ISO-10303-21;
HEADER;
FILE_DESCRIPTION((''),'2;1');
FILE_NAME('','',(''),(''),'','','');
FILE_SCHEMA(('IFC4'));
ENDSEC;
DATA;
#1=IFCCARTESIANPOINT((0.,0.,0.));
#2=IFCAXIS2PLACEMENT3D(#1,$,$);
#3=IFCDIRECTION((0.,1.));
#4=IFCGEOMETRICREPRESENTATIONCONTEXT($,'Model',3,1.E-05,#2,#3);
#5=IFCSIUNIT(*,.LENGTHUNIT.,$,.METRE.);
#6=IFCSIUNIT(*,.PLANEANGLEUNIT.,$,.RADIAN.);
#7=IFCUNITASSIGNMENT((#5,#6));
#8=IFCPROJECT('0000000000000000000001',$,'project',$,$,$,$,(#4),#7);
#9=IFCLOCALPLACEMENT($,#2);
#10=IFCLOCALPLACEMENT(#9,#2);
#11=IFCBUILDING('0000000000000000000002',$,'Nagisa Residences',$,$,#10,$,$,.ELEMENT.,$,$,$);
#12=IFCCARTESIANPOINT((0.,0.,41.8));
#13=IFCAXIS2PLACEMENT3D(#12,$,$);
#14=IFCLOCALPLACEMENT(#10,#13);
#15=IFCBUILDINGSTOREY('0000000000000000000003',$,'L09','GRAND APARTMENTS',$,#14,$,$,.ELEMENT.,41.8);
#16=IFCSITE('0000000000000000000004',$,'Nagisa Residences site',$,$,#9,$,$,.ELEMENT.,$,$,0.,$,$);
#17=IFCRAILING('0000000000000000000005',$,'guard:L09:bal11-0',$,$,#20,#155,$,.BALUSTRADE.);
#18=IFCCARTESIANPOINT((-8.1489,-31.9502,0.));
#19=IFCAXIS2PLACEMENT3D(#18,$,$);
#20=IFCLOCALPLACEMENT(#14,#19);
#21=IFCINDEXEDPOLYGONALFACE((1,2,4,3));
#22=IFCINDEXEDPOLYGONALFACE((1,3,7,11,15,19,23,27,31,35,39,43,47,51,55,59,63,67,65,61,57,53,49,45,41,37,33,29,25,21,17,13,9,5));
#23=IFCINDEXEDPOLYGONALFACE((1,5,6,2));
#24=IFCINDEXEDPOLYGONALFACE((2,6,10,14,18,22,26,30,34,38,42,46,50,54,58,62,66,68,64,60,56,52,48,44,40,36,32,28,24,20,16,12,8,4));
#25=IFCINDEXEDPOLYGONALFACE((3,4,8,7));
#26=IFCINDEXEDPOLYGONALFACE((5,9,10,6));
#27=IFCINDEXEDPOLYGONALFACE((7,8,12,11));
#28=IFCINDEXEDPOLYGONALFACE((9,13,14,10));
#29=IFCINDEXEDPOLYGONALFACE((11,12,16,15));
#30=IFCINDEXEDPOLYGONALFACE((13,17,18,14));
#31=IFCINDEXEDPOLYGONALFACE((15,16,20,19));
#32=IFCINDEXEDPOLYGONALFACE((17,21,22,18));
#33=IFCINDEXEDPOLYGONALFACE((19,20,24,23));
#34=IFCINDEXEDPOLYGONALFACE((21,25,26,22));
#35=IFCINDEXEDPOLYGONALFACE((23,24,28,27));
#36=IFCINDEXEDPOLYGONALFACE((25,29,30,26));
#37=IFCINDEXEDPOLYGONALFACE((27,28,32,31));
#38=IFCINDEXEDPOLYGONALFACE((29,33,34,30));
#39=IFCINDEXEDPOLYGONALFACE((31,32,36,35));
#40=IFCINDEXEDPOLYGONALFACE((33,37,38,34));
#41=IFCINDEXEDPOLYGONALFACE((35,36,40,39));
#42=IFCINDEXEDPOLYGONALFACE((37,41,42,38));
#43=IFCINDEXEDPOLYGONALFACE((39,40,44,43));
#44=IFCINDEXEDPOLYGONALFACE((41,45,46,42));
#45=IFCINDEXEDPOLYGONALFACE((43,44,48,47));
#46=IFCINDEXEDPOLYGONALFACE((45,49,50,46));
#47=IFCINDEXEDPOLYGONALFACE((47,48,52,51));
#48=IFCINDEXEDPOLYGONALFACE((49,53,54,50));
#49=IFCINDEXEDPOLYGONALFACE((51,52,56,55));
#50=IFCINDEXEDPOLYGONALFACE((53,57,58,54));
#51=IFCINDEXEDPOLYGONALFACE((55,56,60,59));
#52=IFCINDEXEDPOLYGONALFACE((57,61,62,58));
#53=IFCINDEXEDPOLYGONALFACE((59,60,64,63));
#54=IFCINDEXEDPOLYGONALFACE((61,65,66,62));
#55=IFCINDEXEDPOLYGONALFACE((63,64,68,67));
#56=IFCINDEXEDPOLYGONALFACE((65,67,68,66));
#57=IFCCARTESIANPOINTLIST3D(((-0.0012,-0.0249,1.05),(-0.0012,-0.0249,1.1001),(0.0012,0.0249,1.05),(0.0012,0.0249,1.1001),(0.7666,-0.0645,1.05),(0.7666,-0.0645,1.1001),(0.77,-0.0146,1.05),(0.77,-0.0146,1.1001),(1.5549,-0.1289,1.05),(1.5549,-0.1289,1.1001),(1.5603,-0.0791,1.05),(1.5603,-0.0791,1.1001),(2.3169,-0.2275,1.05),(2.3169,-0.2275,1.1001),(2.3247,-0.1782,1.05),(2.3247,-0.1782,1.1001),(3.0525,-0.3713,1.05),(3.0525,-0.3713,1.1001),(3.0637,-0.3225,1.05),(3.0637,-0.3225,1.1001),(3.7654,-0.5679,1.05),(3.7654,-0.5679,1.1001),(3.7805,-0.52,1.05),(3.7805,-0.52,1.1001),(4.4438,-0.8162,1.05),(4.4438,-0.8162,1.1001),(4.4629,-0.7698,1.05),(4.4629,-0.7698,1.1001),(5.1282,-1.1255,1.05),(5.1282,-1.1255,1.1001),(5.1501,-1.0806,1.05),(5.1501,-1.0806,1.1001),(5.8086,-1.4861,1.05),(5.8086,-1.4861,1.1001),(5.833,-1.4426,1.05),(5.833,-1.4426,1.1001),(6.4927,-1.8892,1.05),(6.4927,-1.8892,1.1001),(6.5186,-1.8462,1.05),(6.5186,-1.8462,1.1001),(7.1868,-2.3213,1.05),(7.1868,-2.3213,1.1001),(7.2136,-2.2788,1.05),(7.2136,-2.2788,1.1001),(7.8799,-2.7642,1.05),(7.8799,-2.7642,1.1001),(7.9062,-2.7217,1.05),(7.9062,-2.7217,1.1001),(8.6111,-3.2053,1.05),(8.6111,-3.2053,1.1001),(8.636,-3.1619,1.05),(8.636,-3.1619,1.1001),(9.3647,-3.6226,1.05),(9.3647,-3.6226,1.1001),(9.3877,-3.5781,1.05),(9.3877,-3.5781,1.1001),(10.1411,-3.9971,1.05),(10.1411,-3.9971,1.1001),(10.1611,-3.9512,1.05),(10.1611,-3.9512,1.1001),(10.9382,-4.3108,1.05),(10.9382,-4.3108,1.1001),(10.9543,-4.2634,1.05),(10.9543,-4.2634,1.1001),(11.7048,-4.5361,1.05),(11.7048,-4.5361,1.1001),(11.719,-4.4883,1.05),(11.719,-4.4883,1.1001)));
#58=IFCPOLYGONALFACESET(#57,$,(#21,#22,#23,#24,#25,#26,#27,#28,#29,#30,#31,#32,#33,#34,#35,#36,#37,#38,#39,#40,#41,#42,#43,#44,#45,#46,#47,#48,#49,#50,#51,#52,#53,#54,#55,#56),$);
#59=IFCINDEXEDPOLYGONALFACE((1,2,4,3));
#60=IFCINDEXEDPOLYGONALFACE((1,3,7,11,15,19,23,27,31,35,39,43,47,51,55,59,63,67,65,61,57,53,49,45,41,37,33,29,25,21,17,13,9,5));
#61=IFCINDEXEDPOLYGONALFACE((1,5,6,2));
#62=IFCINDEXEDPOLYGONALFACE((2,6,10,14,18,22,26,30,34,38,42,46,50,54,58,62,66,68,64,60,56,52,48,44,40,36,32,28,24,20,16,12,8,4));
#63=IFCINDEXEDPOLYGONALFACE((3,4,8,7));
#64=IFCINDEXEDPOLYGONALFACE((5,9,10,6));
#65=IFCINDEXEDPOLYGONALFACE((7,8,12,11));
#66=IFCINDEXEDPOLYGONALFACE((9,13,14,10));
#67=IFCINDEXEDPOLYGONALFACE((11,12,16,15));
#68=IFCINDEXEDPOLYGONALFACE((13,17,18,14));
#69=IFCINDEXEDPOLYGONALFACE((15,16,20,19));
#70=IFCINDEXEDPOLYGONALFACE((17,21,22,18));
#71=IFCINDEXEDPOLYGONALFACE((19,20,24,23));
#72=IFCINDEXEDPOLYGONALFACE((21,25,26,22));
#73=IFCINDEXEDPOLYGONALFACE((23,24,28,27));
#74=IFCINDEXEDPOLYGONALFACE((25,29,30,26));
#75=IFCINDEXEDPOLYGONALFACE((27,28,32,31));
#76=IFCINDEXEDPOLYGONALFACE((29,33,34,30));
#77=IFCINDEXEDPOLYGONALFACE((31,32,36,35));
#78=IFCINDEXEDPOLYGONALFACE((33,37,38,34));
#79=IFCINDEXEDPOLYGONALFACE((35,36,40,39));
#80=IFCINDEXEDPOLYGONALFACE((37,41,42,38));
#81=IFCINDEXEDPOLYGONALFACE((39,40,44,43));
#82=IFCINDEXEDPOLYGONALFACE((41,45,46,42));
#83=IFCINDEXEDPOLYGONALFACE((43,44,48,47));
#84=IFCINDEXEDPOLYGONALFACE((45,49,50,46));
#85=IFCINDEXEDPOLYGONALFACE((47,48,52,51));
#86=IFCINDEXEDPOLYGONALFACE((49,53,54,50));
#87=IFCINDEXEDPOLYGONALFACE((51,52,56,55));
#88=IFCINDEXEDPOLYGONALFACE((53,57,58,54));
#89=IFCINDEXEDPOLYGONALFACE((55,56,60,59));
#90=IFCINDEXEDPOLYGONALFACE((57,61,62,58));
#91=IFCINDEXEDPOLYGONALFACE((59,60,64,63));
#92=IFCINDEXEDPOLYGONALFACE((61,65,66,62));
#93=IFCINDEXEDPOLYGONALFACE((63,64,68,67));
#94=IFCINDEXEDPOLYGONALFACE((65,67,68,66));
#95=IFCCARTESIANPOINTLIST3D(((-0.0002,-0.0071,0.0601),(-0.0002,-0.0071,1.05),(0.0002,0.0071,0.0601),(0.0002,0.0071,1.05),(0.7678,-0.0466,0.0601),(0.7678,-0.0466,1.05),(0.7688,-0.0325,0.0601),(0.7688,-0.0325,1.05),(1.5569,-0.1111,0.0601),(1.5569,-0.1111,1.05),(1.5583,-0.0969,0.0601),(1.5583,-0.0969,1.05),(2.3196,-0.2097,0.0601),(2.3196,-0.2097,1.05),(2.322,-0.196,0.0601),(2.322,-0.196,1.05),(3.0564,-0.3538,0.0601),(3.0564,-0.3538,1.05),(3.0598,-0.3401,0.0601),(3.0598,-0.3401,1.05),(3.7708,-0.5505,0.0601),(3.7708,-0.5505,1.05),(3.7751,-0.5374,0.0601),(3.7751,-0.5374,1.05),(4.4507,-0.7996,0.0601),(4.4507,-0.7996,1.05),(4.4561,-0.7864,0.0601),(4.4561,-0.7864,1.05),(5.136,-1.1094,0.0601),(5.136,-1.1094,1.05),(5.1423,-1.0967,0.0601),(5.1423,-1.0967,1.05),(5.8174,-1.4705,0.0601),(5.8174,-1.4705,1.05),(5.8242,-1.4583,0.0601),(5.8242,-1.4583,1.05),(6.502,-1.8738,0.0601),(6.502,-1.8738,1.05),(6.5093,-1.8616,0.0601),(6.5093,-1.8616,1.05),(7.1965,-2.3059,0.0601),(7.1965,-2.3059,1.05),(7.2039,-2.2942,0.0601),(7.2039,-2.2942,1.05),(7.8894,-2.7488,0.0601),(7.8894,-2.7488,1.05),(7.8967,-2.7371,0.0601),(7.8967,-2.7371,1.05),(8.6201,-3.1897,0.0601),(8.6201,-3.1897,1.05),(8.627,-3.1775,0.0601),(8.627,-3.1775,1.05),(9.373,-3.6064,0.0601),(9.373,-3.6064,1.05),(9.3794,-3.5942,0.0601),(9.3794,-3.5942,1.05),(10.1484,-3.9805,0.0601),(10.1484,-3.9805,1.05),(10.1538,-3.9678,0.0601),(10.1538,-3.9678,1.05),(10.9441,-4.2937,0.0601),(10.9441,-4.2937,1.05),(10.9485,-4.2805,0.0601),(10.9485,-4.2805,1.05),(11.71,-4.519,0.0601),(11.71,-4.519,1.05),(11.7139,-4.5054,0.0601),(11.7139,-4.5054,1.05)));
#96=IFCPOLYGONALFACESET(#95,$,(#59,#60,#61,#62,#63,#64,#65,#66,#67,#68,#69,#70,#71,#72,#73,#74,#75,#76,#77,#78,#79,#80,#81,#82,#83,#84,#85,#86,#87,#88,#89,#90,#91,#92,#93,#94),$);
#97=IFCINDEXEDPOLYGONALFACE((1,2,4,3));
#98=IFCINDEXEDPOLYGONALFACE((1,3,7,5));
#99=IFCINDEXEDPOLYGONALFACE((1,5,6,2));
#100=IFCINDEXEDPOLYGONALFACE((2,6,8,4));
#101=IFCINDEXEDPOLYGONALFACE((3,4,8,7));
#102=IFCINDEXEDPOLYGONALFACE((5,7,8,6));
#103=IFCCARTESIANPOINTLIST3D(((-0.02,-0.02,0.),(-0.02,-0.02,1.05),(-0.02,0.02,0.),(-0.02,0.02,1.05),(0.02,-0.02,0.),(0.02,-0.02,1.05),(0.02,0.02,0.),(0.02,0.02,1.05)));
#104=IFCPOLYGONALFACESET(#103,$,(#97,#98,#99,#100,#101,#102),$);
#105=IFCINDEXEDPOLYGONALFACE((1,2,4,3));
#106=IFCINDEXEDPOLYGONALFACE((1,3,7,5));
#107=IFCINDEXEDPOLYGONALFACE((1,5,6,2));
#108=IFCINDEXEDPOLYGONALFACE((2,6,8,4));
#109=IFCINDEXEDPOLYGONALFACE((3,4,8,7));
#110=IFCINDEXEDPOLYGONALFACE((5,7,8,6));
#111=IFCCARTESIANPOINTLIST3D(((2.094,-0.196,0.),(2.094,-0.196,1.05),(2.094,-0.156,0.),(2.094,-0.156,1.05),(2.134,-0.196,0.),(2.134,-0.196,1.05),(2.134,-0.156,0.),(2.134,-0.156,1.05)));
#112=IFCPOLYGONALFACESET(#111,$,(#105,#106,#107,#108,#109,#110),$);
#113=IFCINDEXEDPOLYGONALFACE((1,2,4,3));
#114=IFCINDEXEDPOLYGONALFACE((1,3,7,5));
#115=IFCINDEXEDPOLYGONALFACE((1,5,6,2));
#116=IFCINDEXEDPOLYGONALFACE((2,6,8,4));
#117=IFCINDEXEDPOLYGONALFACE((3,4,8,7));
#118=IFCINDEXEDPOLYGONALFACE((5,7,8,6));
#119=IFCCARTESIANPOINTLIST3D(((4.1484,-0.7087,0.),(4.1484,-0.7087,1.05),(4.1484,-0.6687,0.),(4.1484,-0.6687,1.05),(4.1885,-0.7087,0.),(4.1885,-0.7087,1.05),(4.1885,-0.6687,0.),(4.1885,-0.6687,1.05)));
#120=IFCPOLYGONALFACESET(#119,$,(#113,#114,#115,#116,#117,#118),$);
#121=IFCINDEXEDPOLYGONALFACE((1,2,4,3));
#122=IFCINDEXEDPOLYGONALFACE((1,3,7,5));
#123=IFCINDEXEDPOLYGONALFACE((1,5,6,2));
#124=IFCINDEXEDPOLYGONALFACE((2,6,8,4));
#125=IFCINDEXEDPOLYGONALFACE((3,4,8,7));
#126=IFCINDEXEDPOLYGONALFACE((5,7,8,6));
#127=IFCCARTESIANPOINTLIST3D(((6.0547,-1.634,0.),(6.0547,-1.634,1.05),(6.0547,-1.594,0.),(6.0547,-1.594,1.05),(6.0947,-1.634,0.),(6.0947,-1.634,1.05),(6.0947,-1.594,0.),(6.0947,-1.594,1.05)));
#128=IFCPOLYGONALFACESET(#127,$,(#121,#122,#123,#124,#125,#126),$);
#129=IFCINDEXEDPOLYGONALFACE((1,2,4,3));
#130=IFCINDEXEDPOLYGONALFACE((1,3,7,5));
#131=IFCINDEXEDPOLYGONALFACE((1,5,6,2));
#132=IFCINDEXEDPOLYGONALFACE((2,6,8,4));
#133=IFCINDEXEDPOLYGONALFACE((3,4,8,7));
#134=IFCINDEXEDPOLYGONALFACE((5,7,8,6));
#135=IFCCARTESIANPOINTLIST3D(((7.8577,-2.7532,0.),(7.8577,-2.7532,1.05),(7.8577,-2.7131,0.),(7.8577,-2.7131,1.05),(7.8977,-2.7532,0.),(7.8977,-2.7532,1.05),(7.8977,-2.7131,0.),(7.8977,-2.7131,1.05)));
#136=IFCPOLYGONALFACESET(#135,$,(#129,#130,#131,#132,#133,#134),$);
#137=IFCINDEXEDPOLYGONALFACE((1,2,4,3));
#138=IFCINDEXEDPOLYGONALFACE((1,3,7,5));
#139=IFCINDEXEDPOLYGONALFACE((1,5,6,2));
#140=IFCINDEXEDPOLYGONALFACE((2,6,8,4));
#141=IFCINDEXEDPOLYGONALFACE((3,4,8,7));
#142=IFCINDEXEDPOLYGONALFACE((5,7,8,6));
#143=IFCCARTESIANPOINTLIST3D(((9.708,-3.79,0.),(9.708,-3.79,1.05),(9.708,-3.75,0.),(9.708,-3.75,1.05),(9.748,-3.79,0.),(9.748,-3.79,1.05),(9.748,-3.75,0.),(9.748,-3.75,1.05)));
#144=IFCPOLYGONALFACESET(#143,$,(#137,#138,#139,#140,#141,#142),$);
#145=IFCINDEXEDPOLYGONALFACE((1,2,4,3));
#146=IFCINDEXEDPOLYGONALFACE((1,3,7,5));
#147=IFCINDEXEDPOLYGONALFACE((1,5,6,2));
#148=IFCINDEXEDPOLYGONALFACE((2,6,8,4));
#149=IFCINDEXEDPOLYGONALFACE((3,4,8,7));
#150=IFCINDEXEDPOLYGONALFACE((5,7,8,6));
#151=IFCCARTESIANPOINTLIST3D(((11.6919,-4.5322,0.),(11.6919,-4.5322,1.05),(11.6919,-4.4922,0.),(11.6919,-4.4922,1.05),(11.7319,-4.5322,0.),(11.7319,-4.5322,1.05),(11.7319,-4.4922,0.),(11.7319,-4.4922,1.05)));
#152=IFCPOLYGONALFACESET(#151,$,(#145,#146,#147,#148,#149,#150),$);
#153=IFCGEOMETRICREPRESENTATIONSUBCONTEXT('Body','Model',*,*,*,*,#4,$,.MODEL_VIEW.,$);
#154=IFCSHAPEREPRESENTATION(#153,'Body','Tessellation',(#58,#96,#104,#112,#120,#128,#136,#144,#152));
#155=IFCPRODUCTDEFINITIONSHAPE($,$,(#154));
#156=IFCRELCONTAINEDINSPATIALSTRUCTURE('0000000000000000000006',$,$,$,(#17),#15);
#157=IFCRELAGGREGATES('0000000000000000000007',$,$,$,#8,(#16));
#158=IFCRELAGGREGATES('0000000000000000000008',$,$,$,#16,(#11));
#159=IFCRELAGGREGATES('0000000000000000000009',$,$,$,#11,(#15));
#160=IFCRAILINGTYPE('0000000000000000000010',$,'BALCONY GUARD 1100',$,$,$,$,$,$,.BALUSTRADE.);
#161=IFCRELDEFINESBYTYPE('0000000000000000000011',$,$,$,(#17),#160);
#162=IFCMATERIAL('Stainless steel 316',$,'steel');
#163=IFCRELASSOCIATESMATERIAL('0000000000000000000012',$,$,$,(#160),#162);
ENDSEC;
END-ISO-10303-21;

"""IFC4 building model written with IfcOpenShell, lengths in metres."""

from ifc_helpers import new_model, si_unit, direction, frame, origin, origin_2d, place, context, subcontext, project, spatial, polyline, rectangle, outline, extrude, material, type_object, element, save


model = new_model("IFC4")

# Units and contexts
model_context = context("Model", 3, precision=1e-05, world=origin(), true_north=direction((0.0, 1.0)))
body_context = subcontext(model_context, "Body", "Model", "MODEL_VIEW")
ifc_project = project(units=[si_unit("LENGTHUNIT", "METRE"), si_unit("PLANEANGLEUNIT", "RADIAN")], contexts=[model_context])

# Site, building, storey
site_placement = place(None, origin())
site = spatial("IfcSite", under=ifc_project, at=site_placement, Name="Nagisa Residences site", CompositionType="ELEMENT", RefElevation=0.0)
building_placement = place(site_placement, origin())
building = spatial("IfcBuilding", under=site, at=building_placement, Name="Nagisa Residences", CompositionType="ELEMENT")
storey_placement = place(building_placement, frame((0.0, 0.0, 41.8)))
storey = spatial("IfcBuildingStorey", under=building, at=storey_placement, Name="L09", Description="GRAND APARTMENTS", CompositionType="ELEMENT", Elevation=41.8)

# Railing
ifc_material_1 = material(Name="Stainless steel 316", Category="steel")
railing_type = type_object("IfcRailingType", Name="BALCONY GUARD 1100", PredefinedType="BALUSTRADE", material=ifc_material_1)
railing_placement = place(storey_placement, frame((-8.1489, -31.9502, 0.0)))
element("IfcRailing", 1, at=railing_placement, inside=storey, type_object=railing_type, Name="guard:L09:bal11-0", PredefinedType="BALUSTRADE", context=body_context, shape_type="SweptSolid", body=[
    extrude(outline(polyline([(0.77, -0.0146), (0.0012, 0.0249), (-0.0012, -0.0249), (0.7666, -0.0645), (1.5549, -0.1289), (2.3169, -0.2275), (3.0525, -0.3713), (3.7654, -0.5679), (4.4438, -0.8162), (5.1282, -1.1255), (5.8086, -1.4861), (6.4927, -1.8892), (7.1868, -2.3213), (7.8799, -2.7642), (8.6111, -3.2053), (9.3647, -3.6226), (10.1411, -3.9971), (10.9382, -4.3108), (11.7048, -4.5361), (11.719, -4.4883), (10.9543, -4.2634), (10.1611, -3.9512), (9.3877, -3.5781), (8.636, -3.1619), (7.9062, -2.7217), (7.2136, -2.2788), (6.5186, -1.8462), (5.833, -1.4426), (5.1501, -1.0806), (4.4629, -0.7698), (3.7805, -0.52), (3.0637, -0.3225), (2.3247, -0.1782), (1.5603, -0.0791), (0.77, -0.0146)])), frame((0.0, 0.0, 1.05)), (0.0, 0.0, 1.0), 0.05),
    extrude(outline(polyline([(0.7688, -0.0325), (0.0002, 0.0071), (-0.0002, -0.0071), (0.7678, -0.0466), (1.5569, -0.1111), (2.3196, -0.2097), (3.0564, -0.3538), (3.7708, -0.5505), (4.4507, -0.7996), (5.136, -1.1094), (5.8174, -1.4705), (6.502, -1.8738), (7.1965, -2.3059), (7.8894, -2.7488), (8.6201, -3.1897), (9.373, -3.6064), (10.1484, -3.9805), (10.9441, -4.2937), (11.71, -4.519), (11.7139, -4.5054), (10.9485, -4.2805), (10.1538, -3.9678), (9.3794, -3.5942), (8.627, -3.1775), (7.8967, -2.7371), (7.2039, -2.2942), (6.5093, -1.8616), (5.8242, -1.4583), (5.1423, -1.0967), (4.4561, -0.7864), (3.7751, -0.5374), (3.0598, -0.3401), (2.322, -0.196), (1.5583, -0.0969), (0.7688, -0.0325)])), frame((0.0, 0.0, 0.0601)), (0.0, 0.0, 1.0), 0.99),
    extrude(rectangle(XDim=0.04, YDim=0.04, at=origin_2d()), origin(), (0.0, 0.0, 1.0), 1.05),
    extrude(rectangle(XDim=0.04, YDim=0.04, at=origin_2d()), frame((2.114, -0.176, 0.0)), (0.0, 0.0, 1.0), 1.05),
    extrude(rectangle(XDim=0.04, YDim=0.04, at=origin_2d()), frame((4.1685, -0.6887, 0.0)), (0.0, 0.0, 1.0), 1.05),
    extrude(rectangle(XDim=0.04, YDim=0.04, at=origin_2d()), frame((6.0747, -1.614, 0.0)), (0.0, 0.0, 1.0), 1.05),
    extrude(rectangle(XDim=0.04, YDim=0.04, at=origin_2d()), frame((7.8777, -2.7332, 0.0)), (0.0, 0.0, 1.0), 1.05),
    extrude(rectangle(XDim=0.04, YDim=0.04, at=origin_2d()), frame((9.728, -3.77, 0.0)), (0.0, 0.0, 1.0), 1.05),
    extrude(rectangle(XDim=0.04, YDim=0.04, at=origin_2d()), frame((11.7119, -4.5122, 0.0)), (0.0, 0.0, 1.0), 1.05),
])

save(model, "model.ifc")
